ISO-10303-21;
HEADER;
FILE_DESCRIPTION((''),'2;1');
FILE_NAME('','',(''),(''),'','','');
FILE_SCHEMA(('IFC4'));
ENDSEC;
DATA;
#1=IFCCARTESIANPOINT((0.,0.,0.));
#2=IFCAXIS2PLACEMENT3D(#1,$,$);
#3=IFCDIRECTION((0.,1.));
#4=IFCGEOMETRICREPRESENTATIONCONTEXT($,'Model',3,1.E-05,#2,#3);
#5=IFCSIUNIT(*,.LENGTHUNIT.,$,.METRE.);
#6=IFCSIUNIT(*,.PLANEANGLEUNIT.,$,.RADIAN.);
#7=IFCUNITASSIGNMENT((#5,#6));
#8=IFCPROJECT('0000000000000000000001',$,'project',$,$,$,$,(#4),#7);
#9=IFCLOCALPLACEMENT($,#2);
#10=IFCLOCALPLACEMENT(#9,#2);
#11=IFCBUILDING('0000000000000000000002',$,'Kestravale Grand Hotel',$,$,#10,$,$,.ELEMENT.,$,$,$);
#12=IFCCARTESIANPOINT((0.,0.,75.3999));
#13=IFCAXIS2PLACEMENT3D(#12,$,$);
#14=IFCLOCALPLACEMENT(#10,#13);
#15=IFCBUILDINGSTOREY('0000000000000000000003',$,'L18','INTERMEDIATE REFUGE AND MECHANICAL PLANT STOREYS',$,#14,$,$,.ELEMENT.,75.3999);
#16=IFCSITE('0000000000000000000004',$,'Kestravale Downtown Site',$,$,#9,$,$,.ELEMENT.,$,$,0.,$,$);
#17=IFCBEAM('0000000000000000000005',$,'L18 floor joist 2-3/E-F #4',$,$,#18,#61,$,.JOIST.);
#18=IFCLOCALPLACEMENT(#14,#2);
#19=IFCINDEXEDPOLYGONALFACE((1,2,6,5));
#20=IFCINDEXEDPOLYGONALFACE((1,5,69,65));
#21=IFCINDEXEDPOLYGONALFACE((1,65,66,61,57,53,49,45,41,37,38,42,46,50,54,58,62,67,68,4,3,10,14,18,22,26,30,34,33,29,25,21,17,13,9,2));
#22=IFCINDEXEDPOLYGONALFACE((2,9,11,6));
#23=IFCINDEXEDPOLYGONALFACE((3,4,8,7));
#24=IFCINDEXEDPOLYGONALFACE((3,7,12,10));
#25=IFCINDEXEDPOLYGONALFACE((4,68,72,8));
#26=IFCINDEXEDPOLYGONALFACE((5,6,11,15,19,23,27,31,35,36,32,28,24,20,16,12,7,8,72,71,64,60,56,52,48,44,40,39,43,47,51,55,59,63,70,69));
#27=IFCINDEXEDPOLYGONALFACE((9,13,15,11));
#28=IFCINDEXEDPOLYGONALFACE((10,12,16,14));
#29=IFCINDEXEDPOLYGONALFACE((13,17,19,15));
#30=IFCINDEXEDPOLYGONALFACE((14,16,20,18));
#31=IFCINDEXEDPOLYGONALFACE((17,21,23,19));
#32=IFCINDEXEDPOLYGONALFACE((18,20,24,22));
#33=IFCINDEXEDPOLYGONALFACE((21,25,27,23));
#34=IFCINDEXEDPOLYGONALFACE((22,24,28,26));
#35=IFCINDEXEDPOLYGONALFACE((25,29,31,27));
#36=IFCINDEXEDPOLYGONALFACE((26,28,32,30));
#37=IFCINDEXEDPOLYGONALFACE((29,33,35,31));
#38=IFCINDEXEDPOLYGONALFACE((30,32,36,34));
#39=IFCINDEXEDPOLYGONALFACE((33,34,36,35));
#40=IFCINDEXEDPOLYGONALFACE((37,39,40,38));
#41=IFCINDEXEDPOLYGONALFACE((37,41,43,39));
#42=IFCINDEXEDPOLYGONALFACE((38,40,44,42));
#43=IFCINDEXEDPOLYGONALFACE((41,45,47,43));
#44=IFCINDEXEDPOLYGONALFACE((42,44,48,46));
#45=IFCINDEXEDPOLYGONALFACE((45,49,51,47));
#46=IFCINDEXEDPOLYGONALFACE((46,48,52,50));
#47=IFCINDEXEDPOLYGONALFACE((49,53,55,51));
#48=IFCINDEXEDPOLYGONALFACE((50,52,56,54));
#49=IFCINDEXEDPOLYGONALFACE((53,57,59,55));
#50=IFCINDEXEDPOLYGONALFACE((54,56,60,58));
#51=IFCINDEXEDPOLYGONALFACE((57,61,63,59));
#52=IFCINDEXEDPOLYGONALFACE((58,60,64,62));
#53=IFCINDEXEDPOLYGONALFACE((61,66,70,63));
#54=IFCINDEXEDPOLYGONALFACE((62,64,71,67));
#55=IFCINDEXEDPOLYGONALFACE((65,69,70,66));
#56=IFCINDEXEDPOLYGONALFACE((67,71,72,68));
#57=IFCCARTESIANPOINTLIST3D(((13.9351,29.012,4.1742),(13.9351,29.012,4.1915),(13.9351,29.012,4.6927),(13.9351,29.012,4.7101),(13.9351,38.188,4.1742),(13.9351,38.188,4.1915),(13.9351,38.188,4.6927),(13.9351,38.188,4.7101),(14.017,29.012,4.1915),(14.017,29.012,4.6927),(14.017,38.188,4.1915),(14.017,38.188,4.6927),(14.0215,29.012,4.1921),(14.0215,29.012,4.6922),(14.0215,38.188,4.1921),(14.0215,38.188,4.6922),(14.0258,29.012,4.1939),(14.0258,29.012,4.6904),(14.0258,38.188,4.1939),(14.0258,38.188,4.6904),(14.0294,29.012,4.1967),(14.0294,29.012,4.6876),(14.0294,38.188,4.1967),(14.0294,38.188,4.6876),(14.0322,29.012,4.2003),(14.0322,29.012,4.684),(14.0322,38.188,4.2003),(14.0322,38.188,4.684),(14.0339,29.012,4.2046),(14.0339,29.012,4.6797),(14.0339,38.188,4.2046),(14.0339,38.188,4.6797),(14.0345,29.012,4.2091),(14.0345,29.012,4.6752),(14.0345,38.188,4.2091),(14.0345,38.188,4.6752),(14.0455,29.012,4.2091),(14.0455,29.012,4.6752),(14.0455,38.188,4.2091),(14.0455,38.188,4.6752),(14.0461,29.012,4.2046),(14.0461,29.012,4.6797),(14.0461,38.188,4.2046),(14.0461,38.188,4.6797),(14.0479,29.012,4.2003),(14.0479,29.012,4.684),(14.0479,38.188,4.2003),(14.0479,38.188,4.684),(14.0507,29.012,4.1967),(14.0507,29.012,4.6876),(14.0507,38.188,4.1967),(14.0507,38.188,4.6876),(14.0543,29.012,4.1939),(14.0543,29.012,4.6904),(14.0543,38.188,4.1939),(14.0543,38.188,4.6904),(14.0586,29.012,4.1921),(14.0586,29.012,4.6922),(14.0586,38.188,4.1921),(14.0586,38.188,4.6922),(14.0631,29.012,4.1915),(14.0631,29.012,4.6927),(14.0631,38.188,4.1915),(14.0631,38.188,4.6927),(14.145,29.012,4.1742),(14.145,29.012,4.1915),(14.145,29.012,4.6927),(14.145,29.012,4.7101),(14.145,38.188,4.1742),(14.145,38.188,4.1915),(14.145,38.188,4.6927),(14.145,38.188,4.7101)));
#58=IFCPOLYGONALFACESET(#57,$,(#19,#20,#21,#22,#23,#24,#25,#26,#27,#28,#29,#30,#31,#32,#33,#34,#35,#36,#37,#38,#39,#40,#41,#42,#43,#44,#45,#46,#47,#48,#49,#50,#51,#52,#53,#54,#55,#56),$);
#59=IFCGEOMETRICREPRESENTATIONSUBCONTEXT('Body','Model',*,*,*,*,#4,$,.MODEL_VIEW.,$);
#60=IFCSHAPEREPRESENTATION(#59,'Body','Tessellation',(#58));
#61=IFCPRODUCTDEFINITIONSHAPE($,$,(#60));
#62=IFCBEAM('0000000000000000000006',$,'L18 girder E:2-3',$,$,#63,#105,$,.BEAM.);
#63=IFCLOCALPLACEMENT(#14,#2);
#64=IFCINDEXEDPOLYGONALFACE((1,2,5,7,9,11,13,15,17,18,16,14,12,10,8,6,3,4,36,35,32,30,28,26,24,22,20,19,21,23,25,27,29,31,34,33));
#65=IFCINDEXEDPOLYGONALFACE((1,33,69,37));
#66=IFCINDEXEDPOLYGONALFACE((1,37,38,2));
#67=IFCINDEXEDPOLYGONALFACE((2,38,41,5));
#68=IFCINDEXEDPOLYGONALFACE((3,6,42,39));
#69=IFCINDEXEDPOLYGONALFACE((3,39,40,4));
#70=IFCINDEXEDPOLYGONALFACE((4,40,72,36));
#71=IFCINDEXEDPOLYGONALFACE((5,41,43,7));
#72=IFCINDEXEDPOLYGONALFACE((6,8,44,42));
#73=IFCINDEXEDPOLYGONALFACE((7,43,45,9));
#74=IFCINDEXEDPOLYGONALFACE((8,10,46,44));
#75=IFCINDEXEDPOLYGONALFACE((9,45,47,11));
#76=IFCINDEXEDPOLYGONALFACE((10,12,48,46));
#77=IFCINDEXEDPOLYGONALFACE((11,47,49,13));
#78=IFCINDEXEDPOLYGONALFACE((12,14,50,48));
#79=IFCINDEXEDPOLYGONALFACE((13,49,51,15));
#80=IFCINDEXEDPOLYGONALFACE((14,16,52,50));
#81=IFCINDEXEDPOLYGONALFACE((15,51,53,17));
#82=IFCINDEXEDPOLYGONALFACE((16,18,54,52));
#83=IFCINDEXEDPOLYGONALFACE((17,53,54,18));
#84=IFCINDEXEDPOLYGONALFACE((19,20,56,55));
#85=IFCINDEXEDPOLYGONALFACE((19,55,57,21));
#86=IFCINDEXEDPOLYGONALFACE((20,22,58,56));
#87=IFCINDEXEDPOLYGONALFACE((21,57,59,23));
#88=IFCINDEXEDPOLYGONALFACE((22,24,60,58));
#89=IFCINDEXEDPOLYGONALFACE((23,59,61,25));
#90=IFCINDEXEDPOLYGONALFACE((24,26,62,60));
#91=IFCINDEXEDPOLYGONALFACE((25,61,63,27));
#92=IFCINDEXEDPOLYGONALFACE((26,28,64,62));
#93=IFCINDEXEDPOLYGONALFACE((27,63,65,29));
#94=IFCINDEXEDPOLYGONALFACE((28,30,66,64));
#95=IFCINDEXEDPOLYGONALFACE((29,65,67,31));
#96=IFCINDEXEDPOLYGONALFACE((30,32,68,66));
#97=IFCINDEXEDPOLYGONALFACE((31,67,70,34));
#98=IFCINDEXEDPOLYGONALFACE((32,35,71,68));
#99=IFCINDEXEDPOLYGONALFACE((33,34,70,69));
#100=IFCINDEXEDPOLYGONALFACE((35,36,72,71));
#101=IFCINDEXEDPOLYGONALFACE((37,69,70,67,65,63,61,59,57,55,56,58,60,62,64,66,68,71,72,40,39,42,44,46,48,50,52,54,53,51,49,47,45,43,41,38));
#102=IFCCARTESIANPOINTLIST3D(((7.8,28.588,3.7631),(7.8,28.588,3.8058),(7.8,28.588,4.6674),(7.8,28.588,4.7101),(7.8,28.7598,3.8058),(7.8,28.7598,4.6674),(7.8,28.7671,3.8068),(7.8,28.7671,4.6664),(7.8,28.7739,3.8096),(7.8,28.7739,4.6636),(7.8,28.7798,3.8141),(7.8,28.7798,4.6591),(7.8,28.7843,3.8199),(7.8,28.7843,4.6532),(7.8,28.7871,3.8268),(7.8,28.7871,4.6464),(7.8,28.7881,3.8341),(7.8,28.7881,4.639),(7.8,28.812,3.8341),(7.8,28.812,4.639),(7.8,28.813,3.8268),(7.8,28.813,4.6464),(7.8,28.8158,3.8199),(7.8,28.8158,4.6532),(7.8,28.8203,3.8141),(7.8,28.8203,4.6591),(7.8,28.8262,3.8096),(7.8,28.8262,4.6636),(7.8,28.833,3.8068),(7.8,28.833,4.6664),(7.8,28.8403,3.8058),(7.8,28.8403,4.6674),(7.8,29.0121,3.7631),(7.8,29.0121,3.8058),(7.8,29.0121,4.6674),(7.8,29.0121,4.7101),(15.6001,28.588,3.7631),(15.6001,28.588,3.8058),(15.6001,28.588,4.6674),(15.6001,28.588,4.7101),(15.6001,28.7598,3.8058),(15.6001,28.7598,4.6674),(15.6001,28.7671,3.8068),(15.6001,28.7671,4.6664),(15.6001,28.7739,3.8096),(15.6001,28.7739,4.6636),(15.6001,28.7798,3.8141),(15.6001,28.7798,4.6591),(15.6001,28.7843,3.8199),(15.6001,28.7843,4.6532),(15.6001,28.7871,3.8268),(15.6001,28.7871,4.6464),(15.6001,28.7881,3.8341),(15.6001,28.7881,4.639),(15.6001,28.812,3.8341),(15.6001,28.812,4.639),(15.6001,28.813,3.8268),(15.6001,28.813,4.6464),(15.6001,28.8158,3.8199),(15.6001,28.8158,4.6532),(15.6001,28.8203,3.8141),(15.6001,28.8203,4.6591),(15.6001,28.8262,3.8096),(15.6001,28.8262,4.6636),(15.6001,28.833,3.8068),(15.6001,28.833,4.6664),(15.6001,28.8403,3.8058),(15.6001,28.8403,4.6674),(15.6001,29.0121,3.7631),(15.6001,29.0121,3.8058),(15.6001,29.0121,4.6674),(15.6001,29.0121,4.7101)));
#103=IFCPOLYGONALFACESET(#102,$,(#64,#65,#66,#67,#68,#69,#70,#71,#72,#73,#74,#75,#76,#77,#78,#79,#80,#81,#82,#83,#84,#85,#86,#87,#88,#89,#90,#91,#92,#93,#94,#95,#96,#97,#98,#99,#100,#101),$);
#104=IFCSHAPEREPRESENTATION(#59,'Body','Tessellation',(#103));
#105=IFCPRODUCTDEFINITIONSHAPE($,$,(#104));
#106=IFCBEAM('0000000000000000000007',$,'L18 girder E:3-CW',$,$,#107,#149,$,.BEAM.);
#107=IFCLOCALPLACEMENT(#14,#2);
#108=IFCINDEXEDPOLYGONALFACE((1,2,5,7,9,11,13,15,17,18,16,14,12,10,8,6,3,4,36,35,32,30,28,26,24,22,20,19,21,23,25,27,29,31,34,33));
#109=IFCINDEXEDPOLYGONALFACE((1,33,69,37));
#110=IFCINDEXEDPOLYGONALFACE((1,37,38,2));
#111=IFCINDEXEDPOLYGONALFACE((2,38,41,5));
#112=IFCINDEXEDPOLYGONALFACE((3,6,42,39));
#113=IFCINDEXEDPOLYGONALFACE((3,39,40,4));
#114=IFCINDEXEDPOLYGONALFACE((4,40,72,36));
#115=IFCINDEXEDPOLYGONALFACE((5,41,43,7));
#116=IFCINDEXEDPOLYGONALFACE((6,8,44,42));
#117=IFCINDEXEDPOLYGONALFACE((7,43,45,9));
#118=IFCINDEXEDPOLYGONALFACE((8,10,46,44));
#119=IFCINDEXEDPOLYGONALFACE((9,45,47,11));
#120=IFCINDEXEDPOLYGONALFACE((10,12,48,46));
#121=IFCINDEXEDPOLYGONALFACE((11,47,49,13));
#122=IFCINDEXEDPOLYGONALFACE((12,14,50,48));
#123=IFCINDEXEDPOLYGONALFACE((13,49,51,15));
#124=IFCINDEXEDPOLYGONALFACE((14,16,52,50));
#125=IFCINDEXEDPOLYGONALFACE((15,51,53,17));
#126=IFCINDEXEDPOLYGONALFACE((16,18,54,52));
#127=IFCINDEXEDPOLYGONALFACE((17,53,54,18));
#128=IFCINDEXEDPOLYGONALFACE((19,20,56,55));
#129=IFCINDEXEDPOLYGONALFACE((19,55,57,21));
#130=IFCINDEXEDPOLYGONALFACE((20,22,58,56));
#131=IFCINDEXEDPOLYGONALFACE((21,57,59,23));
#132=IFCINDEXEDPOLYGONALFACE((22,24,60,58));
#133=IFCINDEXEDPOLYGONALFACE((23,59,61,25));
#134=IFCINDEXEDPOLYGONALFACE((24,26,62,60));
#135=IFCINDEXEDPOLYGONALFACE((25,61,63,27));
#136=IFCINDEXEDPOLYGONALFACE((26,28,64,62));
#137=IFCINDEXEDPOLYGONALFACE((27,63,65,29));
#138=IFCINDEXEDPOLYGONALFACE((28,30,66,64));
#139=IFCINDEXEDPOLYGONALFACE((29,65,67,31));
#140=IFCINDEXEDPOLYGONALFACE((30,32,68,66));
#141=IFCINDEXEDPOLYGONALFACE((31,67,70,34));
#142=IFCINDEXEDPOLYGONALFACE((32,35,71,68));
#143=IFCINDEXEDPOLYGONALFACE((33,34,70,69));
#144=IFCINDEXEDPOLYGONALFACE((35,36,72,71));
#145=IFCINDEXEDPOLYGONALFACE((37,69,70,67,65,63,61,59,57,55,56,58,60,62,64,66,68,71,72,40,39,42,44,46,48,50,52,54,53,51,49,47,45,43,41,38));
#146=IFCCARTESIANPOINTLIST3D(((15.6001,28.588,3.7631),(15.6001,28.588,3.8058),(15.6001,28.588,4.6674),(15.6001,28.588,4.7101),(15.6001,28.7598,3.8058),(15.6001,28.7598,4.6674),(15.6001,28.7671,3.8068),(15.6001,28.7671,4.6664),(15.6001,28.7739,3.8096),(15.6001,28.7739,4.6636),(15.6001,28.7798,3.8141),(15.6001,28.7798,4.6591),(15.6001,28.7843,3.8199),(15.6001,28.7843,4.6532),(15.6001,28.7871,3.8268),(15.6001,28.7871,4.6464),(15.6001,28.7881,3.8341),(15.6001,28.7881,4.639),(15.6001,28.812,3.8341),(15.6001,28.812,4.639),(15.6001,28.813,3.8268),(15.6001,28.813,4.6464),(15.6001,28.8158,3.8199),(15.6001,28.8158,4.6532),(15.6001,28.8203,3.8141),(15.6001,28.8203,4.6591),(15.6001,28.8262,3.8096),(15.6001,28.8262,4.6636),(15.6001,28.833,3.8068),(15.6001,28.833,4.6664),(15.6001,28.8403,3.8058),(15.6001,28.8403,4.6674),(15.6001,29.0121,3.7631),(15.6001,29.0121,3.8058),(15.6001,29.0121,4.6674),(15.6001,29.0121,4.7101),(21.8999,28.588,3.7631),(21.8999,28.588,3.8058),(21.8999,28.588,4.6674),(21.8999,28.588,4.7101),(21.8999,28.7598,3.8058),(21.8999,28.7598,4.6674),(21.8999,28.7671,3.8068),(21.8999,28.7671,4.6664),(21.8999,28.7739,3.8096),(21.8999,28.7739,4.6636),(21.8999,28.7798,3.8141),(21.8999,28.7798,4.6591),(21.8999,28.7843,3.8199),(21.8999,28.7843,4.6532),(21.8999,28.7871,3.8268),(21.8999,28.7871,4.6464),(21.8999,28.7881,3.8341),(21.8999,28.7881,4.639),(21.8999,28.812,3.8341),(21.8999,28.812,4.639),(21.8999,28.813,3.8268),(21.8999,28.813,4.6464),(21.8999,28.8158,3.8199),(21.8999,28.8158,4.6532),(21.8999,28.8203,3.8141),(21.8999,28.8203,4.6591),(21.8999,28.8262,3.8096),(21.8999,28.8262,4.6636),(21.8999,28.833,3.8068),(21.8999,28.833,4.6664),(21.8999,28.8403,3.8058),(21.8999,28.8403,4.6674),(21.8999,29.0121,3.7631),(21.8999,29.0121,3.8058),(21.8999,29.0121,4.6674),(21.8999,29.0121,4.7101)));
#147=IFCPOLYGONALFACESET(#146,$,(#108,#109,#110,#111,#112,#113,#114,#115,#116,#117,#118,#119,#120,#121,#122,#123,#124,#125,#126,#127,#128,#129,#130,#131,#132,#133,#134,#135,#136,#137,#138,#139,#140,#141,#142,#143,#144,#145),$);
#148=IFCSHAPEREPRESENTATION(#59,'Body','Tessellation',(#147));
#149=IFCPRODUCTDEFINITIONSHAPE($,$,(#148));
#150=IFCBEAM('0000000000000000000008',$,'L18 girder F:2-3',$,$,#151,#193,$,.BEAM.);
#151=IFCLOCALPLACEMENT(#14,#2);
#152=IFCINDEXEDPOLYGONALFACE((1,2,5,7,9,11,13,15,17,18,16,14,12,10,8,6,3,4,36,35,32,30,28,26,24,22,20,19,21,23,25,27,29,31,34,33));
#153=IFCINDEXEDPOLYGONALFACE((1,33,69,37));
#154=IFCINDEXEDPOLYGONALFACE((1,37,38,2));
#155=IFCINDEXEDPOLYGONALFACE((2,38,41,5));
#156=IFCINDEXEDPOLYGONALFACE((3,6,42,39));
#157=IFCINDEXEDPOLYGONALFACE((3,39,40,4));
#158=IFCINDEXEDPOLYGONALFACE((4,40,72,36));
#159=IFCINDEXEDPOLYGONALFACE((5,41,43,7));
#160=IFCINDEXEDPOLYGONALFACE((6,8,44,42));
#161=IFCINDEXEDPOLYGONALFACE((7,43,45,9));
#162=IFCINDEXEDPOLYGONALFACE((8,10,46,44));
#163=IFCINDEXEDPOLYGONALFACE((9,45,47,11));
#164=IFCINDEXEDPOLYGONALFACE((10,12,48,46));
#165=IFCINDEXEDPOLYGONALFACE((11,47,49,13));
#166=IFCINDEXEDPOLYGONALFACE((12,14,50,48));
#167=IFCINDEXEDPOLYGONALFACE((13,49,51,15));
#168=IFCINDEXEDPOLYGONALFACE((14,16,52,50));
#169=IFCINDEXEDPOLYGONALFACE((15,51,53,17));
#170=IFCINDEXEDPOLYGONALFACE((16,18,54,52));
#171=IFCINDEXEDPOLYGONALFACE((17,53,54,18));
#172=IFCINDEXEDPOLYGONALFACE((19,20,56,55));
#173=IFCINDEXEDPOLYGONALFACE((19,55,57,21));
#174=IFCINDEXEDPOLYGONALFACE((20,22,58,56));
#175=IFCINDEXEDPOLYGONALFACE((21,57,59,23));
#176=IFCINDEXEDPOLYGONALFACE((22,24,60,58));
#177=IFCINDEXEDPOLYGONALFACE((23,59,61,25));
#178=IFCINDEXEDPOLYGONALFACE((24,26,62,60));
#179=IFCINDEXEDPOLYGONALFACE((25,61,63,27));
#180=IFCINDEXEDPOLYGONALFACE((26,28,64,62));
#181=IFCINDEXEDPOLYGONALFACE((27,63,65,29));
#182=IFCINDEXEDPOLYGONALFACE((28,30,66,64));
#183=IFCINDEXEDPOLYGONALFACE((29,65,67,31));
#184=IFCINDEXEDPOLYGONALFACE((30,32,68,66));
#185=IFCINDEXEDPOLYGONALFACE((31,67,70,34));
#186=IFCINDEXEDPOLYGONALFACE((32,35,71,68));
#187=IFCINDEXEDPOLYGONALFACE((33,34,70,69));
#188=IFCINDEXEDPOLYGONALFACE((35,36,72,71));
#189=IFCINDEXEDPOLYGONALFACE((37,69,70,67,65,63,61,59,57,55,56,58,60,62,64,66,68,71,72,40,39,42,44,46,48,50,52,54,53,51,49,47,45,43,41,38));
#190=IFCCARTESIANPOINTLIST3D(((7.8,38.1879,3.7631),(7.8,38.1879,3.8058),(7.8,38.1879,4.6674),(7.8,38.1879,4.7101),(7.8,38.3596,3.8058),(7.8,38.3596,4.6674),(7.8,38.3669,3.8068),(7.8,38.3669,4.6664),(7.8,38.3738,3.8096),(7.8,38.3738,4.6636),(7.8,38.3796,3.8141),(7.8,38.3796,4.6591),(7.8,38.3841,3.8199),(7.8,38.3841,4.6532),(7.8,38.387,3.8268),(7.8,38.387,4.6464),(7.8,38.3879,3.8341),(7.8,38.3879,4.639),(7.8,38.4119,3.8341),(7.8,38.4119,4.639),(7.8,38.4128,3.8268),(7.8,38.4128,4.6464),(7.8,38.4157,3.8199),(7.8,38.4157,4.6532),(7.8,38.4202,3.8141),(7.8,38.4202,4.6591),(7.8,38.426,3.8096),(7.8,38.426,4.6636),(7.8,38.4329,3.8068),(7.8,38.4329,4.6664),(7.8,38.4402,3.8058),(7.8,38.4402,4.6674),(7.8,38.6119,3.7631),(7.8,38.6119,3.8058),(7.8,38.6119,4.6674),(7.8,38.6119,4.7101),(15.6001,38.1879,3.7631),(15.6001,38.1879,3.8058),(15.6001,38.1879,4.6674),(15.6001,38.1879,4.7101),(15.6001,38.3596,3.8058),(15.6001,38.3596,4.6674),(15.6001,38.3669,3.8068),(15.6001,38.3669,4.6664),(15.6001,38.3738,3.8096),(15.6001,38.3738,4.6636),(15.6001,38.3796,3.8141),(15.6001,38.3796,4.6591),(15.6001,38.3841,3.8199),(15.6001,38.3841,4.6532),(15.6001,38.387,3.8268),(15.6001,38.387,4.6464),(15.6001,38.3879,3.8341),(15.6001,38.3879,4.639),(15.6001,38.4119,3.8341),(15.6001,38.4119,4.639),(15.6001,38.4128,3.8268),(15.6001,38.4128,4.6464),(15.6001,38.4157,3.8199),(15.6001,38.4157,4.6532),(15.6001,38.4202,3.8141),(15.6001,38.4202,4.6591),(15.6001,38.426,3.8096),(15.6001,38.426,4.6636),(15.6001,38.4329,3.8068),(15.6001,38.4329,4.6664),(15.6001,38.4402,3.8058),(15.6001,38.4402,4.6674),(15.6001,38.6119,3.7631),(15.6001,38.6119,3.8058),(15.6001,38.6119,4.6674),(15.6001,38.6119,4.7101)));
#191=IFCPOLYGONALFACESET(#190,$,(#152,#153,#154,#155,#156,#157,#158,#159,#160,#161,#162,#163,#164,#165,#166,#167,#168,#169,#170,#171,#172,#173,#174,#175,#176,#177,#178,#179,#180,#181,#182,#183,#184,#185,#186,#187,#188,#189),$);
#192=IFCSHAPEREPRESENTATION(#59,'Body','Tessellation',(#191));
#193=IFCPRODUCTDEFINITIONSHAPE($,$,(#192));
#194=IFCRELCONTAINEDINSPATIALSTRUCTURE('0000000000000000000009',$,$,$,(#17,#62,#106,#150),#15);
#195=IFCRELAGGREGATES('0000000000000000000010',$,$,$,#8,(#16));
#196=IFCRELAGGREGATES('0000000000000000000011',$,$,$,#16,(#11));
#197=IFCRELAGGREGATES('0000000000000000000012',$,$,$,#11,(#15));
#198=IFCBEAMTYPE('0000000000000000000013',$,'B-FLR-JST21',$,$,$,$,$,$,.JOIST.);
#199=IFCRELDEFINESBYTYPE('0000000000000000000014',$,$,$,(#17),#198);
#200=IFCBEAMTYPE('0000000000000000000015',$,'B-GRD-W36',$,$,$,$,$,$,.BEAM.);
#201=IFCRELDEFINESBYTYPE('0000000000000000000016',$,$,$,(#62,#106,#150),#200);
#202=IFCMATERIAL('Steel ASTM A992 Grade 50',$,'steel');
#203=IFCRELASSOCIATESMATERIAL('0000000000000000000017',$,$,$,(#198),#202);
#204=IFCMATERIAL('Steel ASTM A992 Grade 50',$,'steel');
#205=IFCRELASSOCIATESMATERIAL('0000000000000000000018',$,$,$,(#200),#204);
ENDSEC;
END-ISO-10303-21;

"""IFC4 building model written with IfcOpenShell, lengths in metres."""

from ifc_helpers import new_model, si_unit, direction, frame, origin, origin_2d, place, context, subcontext, project, spatial, i_section, extrude, material, material_profile, profile_set, type_object, element, save


model = new_model("IFC4")

# Units and contexts
model_context = context("Model", 3, precision=1e-05, world=origin(), true_north=direction((0.0, 1.0)))
body_context = subcontext(model_context, "Body", "Model", "MODEL_VIEW")
ifc_project = project(units=[si_unit("LENGTHUNIT", "METRE"), si_unit("PLANEANGLEUNIT", "RADIAN")], contexts=[model_context])

# Site, building, storey
site_placement = place(None, origin())
site = spatial("IfcSite", under=ifc_project, at=site_placement, Name="Kestravale Downtown Site", CompositionType="ELEMENT", RefElevation=0.0)
building_placement = place(site_placement, origin())
building = spatial("IfcBuilding", under=site, at=building_placement, Name="Kestravale Grand Hotel", CompositionType="ELEMENT")
storey_placement = place(building_placement, frame((0.0, 0.0, 75.3999)))
storey = spatial("IfcBuildingStorey", under=building, at=storey_placement, Name="L18", Description="INTERMEDIATE REFUGE AND MECHANICAL PLANT STOREYS", CompositionType="ELEMENT", Elevation=75.3999)

# Beams
ifc_material_1 = material(Name="Steel ASTM A992 Grade 50", Category="steel")
ifc_material_profile_1 = material_profile(ifc_material_1, i_section(OverallWidth=0.21, OverallDepth=0.5359, WebThickness=0.011, FlangeThickness=0.0173, FilletRadius=0.0176, at=origin_2d()))
ifc_profile_set_1 = profile_set([ifc_material_profile_1], Name="Steel ASTM A992 Grade 50")
beam_type_1 = type_object("IfcBeamType", Name="B-FLR-JST21", PredefinedType="JOIST", material=ifc_profile_set_1)
for number, where, z_axis, x_axis, name in (
    (1, (14.04, 29.012, 4.4421), (0.0, 1.0, 0.0), (-1.0, 0.0, 0.0), "L18 floor joist 2-3/E-F #4"),
):
    element("IfcBeam", number, at=place(storey_placement, frame(where, z_axis=z_axis, x_axis=x_axis)), inside=storey, type_object=beam_type_1, Name=name, PredefinedType="JOIST", context=body_context, shape_type="SweptSolid", body=[
        extrude(i_section(OverallWidth=0.21, OverallDepth=0.5359, WebThickness=0.011, FlangeThickness=0.0173, FilletRadius=0.0176, at=origin_2d()), origin(), (0.0, 0.0, 1.0), 9.176),
    ])
ifc_material_2 = material(Name="Steel ASTM A992 Grade 50", Category="steel")
ifc_material_profile_2 = material_profile(ifc_material_2, i_section(OverallWidth=0.4241, OverallDepth=0.947, WebThickness=0.0239, FlangeThickness=0.0427, FilletRadius=0.0283, at=origin_2d()))
ifc_profile_set_2 = profile_set([ifc_material_profile_2], Name="Steel ASTM A992 Grade 50")
beam_type_2 = type_object("IfcBeamType", Name="B-GRD-W36", PredefinedType="BEAM", material=ifc_profile_set_2)
beam_1_placement = place(storey_placement, frame((7.8, 28.8, 4.2366), z_axis=(1.0, 0.0, 0.0), x_axis=(0.0, 1.0, 0.0)))
element("IfcBeam", 2, at=beam_1_placement, inside=storey, type_object=beam_type_2, Name="L18 girder E:2-3", PredefinedType="BEAM", context=body_context, shape_type="SweptSolid", body=[
    extrude(i_section(OverallWidth=0.4241, OverallDepth=0.947, WebThickness=0.0239, FlangeThickness=0.0427, FilletRadius=0.0283, at=origin_2d()), origin(), (0.0, 0.0, 1.0), 7.8),
])
beam_2_placement = place(storey_placement, frame((15.6001, 28.8, 4.2366), z_axis=(1.0, 0.0, 0.0), x_axis=(0.0, 1.0, 0.0)))
element("IfcBeam", 3, at=beam_2_placement, inside=storey, type_object=beam_type_2, Name="L18 girder E:3-CW", PredefinedType="BEAM", context=body_context, shape_type="SweptSolid", body=[
    extrude(i_section(OverallWidth=0.4241, OverallDepth=0.947, WebThickness=0.0239, FlangeThickness=0.0427, FilletRadius=0.0283, at=origin_2d()), origin(), (0.0, 0.0, 1.0), 6.2998),
])
beam_3_placement = place(storey_placement, frame((7.8, 38.3999, 4.2366), z_axis=(1.0, 0.0, 0.0), x_axis=(0.0, 1.0, 0.0)))
element("IfcBeam", 4, at=beam_3_placement, inside=storey, type_object=beam_type_2, Name="L18 girder F:2-3", PredefinedType="BEAM", context=body_context, shape_type="SweptSolid", body=[
    extrude(i_section(OverallWidth=0.4241, OverallDepth=0.947, WebThickness=0.0239, FlangeThickness=0.0427, FilletRadius=0.0283, at=origin_2d()), origin(), (0.0, 0.0, 1.0), 7.8),
])

save(model, "model.ifc")
